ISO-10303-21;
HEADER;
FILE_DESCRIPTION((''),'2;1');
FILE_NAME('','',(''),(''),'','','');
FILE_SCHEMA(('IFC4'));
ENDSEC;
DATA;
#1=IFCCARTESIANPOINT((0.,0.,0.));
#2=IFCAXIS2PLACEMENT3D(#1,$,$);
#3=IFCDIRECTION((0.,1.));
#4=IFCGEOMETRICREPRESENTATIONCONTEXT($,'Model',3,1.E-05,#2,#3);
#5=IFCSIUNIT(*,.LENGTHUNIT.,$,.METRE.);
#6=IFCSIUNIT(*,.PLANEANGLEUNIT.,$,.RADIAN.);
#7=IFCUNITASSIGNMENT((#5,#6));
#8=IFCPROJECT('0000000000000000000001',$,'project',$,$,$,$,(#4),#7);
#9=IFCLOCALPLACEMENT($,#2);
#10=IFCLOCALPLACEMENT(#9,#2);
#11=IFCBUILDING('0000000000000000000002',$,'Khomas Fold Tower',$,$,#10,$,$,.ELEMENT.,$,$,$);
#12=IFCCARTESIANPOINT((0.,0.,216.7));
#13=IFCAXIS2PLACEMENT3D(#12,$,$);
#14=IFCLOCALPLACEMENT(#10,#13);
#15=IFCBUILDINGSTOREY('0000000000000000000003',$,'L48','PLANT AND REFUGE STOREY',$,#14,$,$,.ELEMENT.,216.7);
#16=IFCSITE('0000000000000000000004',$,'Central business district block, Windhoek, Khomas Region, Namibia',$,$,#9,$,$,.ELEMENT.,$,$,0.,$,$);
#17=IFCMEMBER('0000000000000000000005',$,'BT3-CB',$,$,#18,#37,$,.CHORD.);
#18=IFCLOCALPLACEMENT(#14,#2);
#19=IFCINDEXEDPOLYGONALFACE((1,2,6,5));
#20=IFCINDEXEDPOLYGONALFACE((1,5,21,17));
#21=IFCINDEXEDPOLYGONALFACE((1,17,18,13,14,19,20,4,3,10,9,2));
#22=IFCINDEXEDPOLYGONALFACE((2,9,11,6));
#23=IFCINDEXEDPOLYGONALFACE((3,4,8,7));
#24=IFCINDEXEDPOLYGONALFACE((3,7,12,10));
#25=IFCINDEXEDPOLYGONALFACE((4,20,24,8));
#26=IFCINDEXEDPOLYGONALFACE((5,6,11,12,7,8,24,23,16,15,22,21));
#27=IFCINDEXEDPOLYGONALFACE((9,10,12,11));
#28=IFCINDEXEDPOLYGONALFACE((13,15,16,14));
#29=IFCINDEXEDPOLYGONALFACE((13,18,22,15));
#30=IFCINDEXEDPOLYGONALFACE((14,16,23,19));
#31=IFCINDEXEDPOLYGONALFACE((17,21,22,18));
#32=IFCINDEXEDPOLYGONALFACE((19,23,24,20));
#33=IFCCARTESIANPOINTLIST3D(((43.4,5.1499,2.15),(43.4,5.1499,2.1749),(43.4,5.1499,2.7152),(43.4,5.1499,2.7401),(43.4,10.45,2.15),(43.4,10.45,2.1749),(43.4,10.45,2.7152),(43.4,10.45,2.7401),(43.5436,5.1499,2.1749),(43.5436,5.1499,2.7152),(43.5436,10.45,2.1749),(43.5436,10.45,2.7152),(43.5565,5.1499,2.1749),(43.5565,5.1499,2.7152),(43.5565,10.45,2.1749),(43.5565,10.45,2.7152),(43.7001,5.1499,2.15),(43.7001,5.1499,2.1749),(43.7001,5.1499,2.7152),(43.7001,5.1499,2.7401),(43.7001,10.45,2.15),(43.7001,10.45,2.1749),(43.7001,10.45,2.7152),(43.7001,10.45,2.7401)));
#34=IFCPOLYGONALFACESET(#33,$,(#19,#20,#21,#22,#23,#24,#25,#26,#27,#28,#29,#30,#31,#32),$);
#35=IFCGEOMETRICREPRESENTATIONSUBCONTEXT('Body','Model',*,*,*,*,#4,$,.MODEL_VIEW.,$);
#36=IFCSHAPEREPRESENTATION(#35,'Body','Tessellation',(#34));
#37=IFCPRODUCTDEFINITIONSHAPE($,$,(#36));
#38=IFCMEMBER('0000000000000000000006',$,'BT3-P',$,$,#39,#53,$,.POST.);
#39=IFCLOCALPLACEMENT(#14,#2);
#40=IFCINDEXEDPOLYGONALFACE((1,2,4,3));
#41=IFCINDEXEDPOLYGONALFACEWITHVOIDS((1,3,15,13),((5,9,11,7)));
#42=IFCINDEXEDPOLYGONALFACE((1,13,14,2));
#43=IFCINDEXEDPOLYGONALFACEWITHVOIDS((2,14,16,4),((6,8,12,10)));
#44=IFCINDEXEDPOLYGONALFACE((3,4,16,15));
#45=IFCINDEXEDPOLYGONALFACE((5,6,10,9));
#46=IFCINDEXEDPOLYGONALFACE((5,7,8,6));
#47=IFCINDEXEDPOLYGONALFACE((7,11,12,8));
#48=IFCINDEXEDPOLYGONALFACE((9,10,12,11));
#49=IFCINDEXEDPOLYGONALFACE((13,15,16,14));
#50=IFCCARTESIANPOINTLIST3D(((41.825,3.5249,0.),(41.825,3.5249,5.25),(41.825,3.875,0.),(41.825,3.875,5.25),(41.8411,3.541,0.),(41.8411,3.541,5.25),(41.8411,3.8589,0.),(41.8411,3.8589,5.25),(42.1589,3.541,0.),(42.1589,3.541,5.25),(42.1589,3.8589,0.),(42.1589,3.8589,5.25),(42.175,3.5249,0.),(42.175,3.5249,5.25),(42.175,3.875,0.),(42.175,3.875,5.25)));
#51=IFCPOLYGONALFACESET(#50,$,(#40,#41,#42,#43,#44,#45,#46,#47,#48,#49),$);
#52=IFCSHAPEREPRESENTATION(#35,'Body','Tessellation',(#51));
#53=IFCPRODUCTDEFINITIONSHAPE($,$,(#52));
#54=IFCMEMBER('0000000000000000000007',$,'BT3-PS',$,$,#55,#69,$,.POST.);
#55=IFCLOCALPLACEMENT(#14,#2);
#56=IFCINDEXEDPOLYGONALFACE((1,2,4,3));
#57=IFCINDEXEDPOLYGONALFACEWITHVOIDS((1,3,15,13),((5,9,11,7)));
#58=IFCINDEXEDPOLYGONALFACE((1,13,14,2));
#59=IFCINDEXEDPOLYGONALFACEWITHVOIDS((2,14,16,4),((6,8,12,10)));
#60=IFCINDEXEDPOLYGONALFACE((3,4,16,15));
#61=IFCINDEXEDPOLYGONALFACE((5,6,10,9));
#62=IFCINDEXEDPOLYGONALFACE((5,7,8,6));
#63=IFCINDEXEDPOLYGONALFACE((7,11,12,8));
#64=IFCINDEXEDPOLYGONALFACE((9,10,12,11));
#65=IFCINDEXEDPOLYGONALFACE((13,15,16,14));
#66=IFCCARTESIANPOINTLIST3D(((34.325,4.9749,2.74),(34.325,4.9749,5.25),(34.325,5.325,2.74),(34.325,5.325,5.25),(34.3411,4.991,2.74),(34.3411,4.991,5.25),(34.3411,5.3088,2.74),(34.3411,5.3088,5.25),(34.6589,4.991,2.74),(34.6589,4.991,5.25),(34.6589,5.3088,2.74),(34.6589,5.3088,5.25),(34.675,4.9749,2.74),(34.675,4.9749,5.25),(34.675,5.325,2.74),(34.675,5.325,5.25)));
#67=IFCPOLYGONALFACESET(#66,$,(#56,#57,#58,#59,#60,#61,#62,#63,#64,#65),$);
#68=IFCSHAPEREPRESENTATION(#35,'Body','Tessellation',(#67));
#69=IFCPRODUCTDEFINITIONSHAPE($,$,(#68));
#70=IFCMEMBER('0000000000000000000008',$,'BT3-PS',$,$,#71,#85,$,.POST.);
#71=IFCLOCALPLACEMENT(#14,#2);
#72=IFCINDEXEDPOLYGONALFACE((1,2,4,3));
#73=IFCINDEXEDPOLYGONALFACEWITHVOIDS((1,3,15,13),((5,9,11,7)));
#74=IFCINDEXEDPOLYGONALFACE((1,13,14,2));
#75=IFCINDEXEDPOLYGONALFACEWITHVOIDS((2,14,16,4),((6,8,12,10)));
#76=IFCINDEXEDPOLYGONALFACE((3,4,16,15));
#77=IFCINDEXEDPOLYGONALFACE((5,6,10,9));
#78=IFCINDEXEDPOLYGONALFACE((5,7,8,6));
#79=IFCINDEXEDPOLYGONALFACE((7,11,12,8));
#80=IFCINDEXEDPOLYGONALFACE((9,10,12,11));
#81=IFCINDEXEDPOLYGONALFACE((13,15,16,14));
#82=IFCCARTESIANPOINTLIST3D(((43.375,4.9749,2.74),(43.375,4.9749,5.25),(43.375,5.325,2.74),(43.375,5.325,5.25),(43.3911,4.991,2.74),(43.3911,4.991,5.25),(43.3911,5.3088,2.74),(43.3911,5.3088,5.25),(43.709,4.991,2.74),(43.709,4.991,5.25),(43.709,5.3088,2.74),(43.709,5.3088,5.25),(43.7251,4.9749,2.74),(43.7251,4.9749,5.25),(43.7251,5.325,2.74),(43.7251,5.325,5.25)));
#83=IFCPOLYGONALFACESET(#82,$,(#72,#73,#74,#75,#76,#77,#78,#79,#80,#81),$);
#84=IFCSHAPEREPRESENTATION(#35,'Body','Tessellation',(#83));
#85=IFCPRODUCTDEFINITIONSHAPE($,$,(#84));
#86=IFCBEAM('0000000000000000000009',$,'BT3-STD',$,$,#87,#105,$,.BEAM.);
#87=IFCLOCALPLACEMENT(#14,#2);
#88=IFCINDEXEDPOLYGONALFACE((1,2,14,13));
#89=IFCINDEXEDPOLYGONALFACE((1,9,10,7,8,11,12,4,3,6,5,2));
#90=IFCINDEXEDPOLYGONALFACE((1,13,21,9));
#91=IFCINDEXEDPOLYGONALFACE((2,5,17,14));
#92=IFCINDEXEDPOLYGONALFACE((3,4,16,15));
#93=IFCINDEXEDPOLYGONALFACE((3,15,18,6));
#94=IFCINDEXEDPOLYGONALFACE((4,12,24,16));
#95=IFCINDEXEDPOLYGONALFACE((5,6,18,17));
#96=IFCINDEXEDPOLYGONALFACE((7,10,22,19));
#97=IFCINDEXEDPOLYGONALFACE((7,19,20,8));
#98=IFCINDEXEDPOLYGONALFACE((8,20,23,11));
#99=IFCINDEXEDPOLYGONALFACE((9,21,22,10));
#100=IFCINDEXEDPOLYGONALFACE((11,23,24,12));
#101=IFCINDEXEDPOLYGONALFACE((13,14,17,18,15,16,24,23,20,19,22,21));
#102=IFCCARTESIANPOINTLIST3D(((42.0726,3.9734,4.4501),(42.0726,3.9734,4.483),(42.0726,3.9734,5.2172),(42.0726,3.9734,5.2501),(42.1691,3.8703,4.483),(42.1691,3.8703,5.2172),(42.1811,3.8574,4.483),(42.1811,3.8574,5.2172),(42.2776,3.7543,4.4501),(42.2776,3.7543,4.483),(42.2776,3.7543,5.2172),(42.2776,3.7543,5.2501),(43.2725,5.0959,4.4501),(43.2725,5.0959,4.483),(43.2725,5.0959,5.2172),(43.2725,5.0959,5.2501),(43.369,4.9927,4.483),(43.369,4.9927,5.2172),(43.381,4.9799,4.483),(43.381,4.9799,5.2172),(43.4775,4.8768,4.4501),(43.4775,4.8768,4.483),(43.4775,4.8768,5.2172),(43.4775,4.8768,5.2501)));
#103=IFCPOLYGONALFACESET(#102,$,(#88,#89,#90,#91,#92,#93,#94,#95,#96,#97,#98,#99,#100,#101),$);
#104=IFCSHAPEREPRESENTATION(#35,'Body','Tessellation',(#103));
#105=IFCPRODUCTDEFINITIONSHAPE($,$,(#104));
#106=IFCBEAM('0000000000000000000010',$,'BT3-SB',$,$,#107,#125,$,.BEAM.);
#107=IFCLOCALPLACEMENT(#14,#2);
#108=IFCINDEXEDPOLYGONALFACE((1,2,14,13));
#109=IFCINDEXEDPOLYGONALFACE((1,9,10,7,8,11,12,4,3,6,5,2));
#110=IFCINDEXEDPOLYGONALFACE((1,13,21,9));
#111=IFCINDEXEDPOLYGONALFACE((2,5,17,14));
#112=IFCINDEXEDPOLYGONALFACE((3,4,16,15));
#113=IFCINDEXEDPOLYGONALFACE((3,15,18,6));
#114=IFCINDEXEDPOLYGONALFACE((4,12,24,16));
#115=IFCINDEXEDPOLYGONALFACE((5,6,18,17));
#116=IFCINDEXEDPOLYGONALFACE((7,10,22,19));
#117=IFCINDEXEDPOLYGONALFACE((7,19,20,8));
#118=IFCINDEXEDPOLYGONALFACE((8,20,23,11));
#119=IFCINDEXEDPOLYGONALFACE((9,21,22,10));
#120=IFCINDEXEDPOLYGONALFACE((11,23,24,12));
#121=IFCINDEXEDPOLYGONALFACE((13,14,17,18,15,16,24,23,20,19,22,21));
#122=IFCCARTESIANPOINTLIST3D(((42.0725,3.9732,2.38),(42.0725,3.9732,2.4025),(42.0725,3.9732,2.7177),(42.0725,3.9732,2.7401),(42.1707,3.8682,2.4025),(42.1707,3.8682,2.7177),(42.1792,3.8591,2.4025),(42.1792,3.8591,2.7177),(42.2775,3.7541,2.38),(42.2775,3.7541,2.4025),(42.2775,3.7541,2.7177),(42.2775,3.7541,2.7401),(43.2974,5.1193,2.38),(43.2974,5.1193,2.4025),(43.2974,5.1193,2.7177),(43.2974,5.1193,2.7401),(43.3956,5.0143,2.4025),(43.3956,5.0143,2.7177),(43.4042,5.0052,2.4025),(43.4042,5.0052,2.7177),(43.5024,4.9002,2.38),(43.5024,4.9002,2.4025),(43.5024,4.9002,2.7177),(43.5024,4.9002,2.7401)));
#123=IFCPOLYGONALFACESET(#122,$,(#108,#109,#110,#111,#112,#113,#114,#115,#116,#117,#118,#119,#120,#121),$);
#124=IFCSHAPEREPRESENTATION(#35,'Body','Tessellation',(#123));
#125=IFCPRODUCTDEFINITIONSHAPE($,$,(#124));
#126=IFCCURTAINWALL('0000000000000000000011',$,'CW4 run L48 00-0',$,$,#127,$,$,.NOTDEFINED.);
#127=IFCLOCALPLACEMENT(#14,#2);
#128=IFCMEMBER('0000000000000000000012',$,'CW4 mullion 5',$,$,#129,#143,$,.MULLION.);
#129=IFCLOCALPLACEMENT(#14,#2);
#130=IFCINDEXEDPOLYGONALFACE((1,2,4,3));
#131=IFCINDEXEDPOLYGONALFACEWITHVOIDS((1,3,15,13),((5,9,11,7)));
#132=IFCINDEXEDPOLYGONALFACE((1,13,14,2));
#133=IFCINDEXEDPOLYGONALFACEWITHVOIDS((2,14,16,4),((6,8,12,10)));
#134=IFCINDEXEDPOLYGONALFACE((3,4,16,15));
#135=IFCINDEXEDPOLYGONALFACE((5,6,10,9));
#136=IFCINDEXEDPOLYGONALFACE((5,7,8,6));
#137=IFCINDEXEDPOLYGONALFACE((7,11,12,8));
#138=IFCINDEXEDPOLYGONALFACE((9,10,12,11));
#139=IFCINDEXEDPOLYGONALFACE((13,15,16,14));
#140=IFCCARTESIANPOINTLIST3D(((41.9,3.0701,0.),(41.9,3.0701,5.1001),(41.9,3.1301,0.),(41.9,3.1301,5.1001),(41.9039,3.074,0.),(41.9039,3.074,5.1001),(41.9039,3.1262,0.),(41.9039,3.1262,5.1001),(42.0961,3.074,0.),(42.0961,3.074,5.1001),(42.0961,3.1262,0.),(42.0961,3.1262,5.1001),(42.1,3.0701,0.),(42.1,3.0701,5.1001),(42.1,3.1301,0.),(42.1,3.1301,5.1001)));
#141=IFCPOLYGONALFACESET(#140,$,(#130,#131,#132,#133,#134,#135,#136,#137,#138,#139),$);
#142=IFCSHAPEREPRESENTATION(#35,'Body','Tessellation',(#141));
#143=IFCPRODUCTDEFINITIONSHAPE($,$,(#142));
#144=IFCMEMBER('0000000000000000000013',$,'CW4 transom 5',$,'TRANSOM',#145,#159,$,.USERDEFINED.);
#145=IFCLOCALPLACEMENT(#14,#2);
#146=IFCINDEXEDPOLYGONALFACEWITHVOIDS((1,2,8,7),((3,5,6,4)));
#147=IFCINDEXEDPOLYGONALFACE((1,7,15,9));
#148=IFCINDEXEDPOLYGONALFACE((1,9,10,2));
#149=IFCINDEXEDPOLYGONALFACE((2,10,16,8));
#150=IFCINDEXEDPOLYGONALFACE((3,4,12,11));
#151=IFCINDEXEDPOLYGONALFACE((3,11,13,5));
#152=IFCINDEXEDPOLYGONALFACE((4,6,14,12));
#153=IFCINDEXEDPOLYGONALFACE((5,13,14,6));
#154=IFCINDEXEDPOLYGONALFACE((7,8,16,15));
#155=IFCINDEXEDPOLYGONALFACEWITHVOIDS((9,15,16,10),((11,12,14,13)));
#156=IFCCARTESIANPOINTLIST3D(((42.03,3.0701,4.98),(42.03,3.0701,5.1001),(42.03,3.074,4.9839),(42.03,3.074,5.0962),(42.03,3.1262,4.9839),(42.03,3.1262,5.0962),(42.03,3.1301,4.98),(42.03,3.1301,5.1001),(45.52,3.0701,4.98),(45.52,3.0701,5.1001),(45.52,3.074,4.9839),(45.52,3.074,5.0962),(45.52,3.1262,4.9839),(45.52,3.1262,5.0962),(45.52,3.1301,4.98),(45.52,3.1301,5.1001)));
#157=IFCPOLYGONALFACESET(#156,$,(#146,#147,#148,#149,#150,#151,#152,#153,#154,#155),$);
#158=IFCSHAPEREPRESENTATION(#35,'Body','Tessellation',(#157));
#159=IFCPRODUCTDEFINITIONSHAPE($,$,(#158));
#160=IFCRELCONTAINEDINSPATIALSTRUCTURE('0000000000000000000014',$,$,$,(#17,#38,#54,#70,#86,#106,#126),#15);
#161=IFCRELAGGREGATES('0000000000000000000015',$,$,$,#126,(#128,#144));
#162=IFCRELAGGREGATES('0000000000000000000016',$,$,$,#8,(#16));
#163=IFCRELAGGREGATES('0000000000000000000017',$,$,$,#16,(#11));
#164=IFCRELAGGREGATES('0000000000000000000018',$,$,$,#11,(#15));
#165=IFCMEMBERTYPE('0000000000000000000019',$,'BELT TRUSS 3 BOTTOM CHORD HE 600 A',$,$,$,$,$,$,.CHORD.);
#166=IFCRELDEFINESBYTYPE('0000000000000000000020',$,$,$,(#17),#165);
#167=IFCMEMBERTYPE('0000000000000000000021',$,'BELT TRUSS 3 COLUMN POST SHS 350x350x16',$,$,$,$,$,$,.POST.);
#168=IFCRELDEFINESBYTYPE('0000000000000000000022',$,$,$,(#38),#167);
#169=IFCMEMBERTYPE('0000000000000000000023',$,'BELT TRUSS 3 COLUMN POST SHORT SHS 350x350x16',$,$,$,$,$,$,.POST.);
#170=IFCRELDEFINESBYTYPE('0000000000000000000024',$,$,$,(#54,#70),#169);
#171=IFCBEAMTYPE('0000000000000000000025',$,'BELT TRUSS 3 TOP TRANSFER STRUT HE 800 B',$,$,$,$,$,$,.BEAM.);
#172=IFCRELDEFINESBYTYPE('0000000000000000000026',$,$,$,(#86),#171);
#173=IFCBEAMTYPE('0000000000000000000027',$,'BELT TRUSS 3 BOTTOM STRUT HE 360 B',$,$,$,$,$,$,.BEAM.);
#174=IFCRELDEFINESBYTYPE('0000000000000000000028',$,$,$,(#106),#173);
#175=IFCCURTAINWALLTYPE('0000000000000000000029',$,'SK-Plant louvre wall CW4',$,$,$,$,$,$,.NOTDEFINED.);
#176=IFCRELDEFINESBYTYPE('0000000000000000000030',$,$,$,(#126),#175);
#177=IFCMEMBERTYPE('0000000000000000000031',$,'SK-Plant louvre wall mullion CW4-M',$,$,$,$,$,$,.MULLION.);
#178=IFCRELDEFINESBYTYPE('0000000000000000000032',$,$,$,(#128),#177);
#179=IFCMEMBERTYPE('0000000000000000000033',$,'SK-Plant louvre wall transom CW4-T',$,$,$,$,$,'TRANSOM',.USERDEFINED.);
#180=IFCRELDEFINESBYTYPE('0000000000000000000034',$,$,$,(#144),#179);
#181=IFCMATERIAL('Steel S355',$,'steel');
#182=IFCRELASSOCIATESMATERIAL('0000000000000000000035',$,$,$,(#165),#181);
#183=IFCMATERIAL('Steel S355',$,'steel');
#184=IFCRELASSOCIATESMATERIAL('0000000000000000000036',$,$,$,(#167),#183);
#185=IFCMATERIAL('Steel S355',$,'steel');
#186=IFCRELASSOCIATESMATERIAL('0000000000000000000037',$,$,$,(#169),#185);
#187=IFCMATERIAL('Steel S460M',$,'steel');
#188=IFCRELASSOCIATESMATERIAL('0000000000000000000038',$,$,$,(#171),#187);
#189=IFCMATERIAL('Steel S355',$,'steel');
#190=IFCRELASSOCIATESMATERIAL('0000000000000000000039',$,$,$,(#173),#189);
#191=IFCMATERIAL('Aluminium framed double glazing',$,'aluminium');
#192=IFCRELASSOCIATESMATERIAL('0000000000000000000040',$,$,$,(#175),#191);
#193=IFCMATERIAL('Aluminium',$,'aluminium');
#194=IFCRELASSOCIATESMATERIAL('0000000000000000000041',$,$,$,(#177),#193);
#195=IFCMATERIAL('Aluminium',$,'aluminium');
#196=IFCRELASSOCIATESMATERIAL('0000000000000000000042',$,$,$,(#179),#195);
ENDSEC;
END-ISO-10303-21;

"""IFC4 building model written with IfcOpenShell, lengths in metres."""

from ifc_helpers import new_model, si_unit, direction, frame, origin, origin_2d, place, context, subcontext, project, spatial, hollow_rectangle, i_section, extrude, source, transform, mapped, material, material_profile, profile_set, type_object, element, aggregate, save


model = new_model("IFC4")

# Units and contexts
model_context = context("Model", 3, precision=1e-05, world=origin(), true_north=direction((0.0, 1.0)))
body_context = subcontext(model_context, "Body", "Model", "MODEL_VIEW")
ifc_project = project(units=[si_unit("LENGTHUNIT", "METRE"), si_unit("PLANEANGLEUNIT", "RADIAN")], contexts=[model_context])

# Site, building, storey
site_placement = place(None, origin())
site = spatial("IfcSite", under=ifc_project, at=site_placement, Name="Central business district block, Windhoek, Khomas Region, Namibia", CompositionType="ELEMENT", RefElevation=0.0)
building_placement = place(site_placement, origin())
building = spatial("IfcBuilding", under=site, at=building_placement, Name="Khomas Fold Tower", CompositionType="ELEMENT")
storey_placement = place(building_placement, frame((0.0, 0.0, 216.7)))
storey = spatial("IfcBuildingStorey", under=building, at=storey_placement, Name="L48", Description="PLANT AND REFUGE STOREY", CompositionType="ELEMENT", Elevation=216.7)

# Members
ifc_material_1 = material(Name="Steel S355", Category="steel")
ifc_material_profile_1 = material_profile(ifc_material_1, i_section(OverallWidth=0.3, OverallDepth=0.5901, WebThickness=0.0129, FlangeThickness=0.0249, at=origin_2d()), Name="HE 600 A")
ifc_profile_set_1 = profile_set([ifc_material_profile_1], Name="Steel S355")
member_type_1 = type_object("IfcMemberType", Name="BELT TRUSS 3 BOTTOM CHORD HE 600 A", PredefinedType="CHORD", material=ifc_profile_set_1)
shared_shape_1 = source(origin(), body_context, "Body", "SweptSolid", [
    extrude(i_section(OverallWidth=0.3, OverallDepth=0.5901, WebThickness=0.0129, FlangeThickness=0.0249, at=origin_2d()), origin(), (0.0, 0.0, 1.0), 5.3),
])
member_1_placement = place(storey_placement, frame((43.55, 5.1499, 2.4451), z_axis=(0.0, 1.0, 0.0), x_axis=(-1.0, 0.0, 0.0)))
element("IfcMember", 1, at=member_1_placement, inside=storey, type_object=member_type_1, Name="BT3-CB", PredefinedType="CHORD", context=body_context, shape_type="MappedRepresentation", body=[
    mapped(shared_shape_1, transform((0.0, 0.0, 0.0))),
])
ifc_material_2 = material(Name="Steel S355", Category="steel")
ifc_material_profile_2 = material_profile(ifc_material_2, hollow_rectangle(XDim=0.3501, YDim=0.3501, WallThickness=0.0161, at=origin_2d()), Name="SHS 350x350x16")
ifc_profile_set_2 = profile_set([ifc_material_profile_2], Name="Steel S355")
member_type_2 = type_object("IfcMemberType", Name="BELT TRUSS 3 COLUMN POST SHS 350x350x16", PredefinedType="POST", material=ifc_profile_set_2)
shared_shape_2 = source(origin(), body_context, "Body", "SweptSolid", [
    extrude(hollow_rectangle(XDim=0.3501, YDim=0.3501, WallThickness=0.0161, at=origin_2d()), origin(), (0.0, 0.0, 1.0), 5.25),
])
member_2_placement = place(storey_placement, frame((42.0, 3.7, 0.0), z_axis=(0.0, 0.0, 1.0), x_axis=(1.0, 0.0, 0.0)))
element("IfcMember", 2, at=member_2_placement, inside=storey, type_object=member_type_2, Name="BT3-P", PredefinedType="POST", context=body_context, shape_type="MappedRepresentation", body=[
    mapped(shared_shape_2, transform((0.0, 0.0, 0.0))),
])
ifc_material_3 = material(Name="Steel S355", Category="steel")
ifc_material_profile_3 = material_profile(ifc_material_3, hollow_rectangle(XDim=0.3501, YDim=0.3501, WallThickness=0.0161, at=origin_2d()), Name="SHS 350x350x16")
ifc_profile_set_3 = profile_set([ifc_material_profile_3], Name="Steel S355")
member_type_3 = type_object("IfcMemberType", Name="BELT TRUSS 3 COLUMN POST SHORT SHS 350x350x16", PredefinedType="POST", material=ifc_profile_set_3)
shared_shape_3 = source(origin(), body_context, "Body", "SweptSolid", [
    extrude(hollow_rectangle(XDim=0.3501, YDim=0.3501, WallThickness=0.0161, at=origin_2d()), origin(), (0.0, 0.0, 1.0), 2.51),
])
for number, where, z_axis, x_axis, name in (
    (3, (34.5, 5.1499, 2.74), (0.0, 0.0, 1.0), (1.0, 0.0, 0.0), "BT3-PS"),
    (4, (43.55, 5.1499, 2.74), (0.0, 0.0, 1.0), (1.0, 0.0, 0.0), "BT3-PS"),
):
    element("IfcMember", number, at=place(storey_placement, frame(where, z_axis=z_axis, x_axis=x_axis)), inside=storey, type_object=member_type_3, Name=name, PredefinedType="POST", context=body_context, shape_type="MappedRepresentation", body=[
        mapped(shared_shape_3, transform((0.0, 0.0, 0.0))),
    ])

# Beams
ifc_material_4 = material(Name="Steel S460M", Category="steel")
ifc_material_profile_4 = material_profile(ifc_material_4, i_section(OverallWidth=0.3, OverallDepth=0.8, WebThickness=0.0176, FlangeThickness=0.033, at=origin_2d()), Name="HE 800 B")
ifc_profile_set_4 = profile_set([ifc_material_profile_4], Name="Steel S460M")
beam_type_1 = type_object("IfcBeamType", Name="BELT TRUSS 3 TOP TRANSFER STRUT HE 800 B", PredefinedType="BEAM", material=ifc_profile_set_4)
shared_shape_4 = source(origin(), body_context, "Body", "SweptSolid", [
    extrude(i_section(OverallWidth=0.3, OverallDepth=0.8, WebThickness=0.0176, FlangeThickness=0.033, at=origin_2d()), origin(), (0.0, 0.0, 1.0), 1.6431),
])
beam_1_placement = place(storey_placement, frame((43.375, 4.9863, 4.8501), z_axis=(-0.730264, -0.683165, 0.0), x_axis=(0.683165, -0.730264, 0.0)))
element("IfcBeam", 5, at=beam_1_placement, inside=storey, type_object=beam_type_1, Name="BT3-STD", PredefinedType="BEAM", context=body_context, shape_type="MappedRepresentation", body=[
    mapped(shared_shape_4, transform((0.0, 0.0, 0.0))),
])
ifc_material_5 = material(Name="Steel S355", Category="steel")
ifc_material_profile_5 = material_profile(ifc_material_5, i_section(OverallWidth=0.3, OverallDepth=0.3601, WebThickness=0.0125, FlangeThickness=0.0225, at=origin_2d()), Name="HE 360 B")
ifc_profile_set_5 = profile_set([ifc_material_profile_5], Name="Steel S355")
beam_type_2 = type_object("IfcBeamType", Name="BELT TRUSS 3 BOTTOM STRUT HE 360 B", PredefinedType="BEAM", material=ifc_profile_set_5)
shared_shape_5 = source(origin(), body_context, "Body", "SweptSolid", [
    extrude(i_section(OverallWidth=0.3, OverallDepth=0.3601, WebThickness=0.0125, FlangeThickness=0.0225, at=origin_2d()), origin(), (0.0, 0.0, 1.0), 1.6775),
])
beam_2_placement = place(storey_placement, frame((43.3999, 5.0098, 2.5601), z_axis=(-0.730222, -0.68321, 0.0), x_axis=(0.68321, -0.730222, 0.0)))
element("IfcBeam", 6, at=beam_2_placement, inside=storey, type_object=beam_type_2, Name="BT3-SB", PredefinedType="BEAM", context=body_context, shape_type="MappedRepresentation", body=[
    mapped(shared_shape_5, transform((0.0, 0.0, 0.0))),
])

# Curtain wall, members
ifc_material_6 = material(Name="Aluminium framed double glazing", Category="aluminium")
curtain_wall_type = type_object("IfcCurtainWallType", Name="SK-Plant louvre wall CW4", PredefinedType="NOTDEFINED", material=ifc_material_6)
curtain_wall_placement = place(storey_placement, origin())
curtain_wall = element("IfcCurtainWall", 7, at=curtain_wall_placement, inside=storey, type_object=curtain_wall_type, Name="CW4 run L48 00-0", PredefinedType="NOTDEFINED")
ifc_material_7 = material(Name="Aluminium", Category="aluminium")
ifc_material_profile_6 = material_profile(ifc_material_7, hollow_rectangle(XDim=0.0601, YDim=0.2, WallThickness=0.0039, at=origin_2d()), Name="SK-Plant louvre wall mullion CW4-M")
ifc_profile_set_6 = profile_set([ifc_material_profile_6], Name="Aluminium")
member_type_4 = type_object("IfcMemberType", Name="SK-Plant louvre wall mullion CW4-M", PredefinedType="MULLION", material=ifc_profile_set_6)
shared_shape_6 = source(origin(), body_context, "Body", "SweptSolid", [
    extrude(hollow_rectangle(XDim=0.0601, YDim=0.2, WallThickness=0.0039, at=origin_2d()), origin(), (0.0, 0.0, 1.0), 5.1001),
])
member_3_placement = place(storey_placement, frame((42.0, 3.1001, 0.0), z_axis=(0.0, 0.0, 1.0), x_axis=(0.0, 1.0, 0.0)))
member_3 = element("IfcMember", 8, at=member_3_placement, type_object=member_type_4, Name="CW4 mullion 5", PredefinedType="MULLION", context=body_context, shape_type="MappedRepresentation", body=[
    mapped(shared_shape_6, transform((0.0, 0.0, 0.0))),
])
ifc_material_8 = material(Name="Aluminium", Category="aluminium")
ifc_material_profile_7 = material_profile(ifc_material_8, hollow_rectangle(XDim=0.0601, YDim=0.1201, WallThickness=0.0039, at=origin_2d()), Name="SK-Plant louvre wall transom CW4-T")
ifc_profile_set_7 = profile_set([ifc_material_profile_7], Name="Aluminium")
member_type_5 = type_object("IfcMemberType", Name="SK-Plant louvre wall transom CW4-T", ElementType="TRANSOM", PredefinedType="USERDEFINED", material=ifc_profile_set_7)
shared_shape_7 = source(origin(), body_context, "Body", "SweptSolid", [
    extrude(hollow_rectangle(XDim=0.0601, YDim=0.1201, WallThickness=0.0039, at=origin_2d()), origin(), (0.0, 0.0, 1.0), 3.49),
])
member_4_placement = place(storey_placement, frame((42.03, 3.1001, 5.04), z_axis=(1.0, 0.0, 0.0), x_axis=(0.0, 1.0, 0.0)))
member_4 = element("IfcMember", 9, at=member_4_placement, type_object=member_type_5, Name="CW4 transom 5", ObjectType="TRANSOM", PredefinedType="USERDEFINED", context=body_context, shape_type="MappedRepresentation", body=[
    mapped(shared_shape_7, transform((0.0, 0.0, 0.0))),
])
aggregate(curtain_wall, [member_3, member_4])

save(model, "model.ifc")
